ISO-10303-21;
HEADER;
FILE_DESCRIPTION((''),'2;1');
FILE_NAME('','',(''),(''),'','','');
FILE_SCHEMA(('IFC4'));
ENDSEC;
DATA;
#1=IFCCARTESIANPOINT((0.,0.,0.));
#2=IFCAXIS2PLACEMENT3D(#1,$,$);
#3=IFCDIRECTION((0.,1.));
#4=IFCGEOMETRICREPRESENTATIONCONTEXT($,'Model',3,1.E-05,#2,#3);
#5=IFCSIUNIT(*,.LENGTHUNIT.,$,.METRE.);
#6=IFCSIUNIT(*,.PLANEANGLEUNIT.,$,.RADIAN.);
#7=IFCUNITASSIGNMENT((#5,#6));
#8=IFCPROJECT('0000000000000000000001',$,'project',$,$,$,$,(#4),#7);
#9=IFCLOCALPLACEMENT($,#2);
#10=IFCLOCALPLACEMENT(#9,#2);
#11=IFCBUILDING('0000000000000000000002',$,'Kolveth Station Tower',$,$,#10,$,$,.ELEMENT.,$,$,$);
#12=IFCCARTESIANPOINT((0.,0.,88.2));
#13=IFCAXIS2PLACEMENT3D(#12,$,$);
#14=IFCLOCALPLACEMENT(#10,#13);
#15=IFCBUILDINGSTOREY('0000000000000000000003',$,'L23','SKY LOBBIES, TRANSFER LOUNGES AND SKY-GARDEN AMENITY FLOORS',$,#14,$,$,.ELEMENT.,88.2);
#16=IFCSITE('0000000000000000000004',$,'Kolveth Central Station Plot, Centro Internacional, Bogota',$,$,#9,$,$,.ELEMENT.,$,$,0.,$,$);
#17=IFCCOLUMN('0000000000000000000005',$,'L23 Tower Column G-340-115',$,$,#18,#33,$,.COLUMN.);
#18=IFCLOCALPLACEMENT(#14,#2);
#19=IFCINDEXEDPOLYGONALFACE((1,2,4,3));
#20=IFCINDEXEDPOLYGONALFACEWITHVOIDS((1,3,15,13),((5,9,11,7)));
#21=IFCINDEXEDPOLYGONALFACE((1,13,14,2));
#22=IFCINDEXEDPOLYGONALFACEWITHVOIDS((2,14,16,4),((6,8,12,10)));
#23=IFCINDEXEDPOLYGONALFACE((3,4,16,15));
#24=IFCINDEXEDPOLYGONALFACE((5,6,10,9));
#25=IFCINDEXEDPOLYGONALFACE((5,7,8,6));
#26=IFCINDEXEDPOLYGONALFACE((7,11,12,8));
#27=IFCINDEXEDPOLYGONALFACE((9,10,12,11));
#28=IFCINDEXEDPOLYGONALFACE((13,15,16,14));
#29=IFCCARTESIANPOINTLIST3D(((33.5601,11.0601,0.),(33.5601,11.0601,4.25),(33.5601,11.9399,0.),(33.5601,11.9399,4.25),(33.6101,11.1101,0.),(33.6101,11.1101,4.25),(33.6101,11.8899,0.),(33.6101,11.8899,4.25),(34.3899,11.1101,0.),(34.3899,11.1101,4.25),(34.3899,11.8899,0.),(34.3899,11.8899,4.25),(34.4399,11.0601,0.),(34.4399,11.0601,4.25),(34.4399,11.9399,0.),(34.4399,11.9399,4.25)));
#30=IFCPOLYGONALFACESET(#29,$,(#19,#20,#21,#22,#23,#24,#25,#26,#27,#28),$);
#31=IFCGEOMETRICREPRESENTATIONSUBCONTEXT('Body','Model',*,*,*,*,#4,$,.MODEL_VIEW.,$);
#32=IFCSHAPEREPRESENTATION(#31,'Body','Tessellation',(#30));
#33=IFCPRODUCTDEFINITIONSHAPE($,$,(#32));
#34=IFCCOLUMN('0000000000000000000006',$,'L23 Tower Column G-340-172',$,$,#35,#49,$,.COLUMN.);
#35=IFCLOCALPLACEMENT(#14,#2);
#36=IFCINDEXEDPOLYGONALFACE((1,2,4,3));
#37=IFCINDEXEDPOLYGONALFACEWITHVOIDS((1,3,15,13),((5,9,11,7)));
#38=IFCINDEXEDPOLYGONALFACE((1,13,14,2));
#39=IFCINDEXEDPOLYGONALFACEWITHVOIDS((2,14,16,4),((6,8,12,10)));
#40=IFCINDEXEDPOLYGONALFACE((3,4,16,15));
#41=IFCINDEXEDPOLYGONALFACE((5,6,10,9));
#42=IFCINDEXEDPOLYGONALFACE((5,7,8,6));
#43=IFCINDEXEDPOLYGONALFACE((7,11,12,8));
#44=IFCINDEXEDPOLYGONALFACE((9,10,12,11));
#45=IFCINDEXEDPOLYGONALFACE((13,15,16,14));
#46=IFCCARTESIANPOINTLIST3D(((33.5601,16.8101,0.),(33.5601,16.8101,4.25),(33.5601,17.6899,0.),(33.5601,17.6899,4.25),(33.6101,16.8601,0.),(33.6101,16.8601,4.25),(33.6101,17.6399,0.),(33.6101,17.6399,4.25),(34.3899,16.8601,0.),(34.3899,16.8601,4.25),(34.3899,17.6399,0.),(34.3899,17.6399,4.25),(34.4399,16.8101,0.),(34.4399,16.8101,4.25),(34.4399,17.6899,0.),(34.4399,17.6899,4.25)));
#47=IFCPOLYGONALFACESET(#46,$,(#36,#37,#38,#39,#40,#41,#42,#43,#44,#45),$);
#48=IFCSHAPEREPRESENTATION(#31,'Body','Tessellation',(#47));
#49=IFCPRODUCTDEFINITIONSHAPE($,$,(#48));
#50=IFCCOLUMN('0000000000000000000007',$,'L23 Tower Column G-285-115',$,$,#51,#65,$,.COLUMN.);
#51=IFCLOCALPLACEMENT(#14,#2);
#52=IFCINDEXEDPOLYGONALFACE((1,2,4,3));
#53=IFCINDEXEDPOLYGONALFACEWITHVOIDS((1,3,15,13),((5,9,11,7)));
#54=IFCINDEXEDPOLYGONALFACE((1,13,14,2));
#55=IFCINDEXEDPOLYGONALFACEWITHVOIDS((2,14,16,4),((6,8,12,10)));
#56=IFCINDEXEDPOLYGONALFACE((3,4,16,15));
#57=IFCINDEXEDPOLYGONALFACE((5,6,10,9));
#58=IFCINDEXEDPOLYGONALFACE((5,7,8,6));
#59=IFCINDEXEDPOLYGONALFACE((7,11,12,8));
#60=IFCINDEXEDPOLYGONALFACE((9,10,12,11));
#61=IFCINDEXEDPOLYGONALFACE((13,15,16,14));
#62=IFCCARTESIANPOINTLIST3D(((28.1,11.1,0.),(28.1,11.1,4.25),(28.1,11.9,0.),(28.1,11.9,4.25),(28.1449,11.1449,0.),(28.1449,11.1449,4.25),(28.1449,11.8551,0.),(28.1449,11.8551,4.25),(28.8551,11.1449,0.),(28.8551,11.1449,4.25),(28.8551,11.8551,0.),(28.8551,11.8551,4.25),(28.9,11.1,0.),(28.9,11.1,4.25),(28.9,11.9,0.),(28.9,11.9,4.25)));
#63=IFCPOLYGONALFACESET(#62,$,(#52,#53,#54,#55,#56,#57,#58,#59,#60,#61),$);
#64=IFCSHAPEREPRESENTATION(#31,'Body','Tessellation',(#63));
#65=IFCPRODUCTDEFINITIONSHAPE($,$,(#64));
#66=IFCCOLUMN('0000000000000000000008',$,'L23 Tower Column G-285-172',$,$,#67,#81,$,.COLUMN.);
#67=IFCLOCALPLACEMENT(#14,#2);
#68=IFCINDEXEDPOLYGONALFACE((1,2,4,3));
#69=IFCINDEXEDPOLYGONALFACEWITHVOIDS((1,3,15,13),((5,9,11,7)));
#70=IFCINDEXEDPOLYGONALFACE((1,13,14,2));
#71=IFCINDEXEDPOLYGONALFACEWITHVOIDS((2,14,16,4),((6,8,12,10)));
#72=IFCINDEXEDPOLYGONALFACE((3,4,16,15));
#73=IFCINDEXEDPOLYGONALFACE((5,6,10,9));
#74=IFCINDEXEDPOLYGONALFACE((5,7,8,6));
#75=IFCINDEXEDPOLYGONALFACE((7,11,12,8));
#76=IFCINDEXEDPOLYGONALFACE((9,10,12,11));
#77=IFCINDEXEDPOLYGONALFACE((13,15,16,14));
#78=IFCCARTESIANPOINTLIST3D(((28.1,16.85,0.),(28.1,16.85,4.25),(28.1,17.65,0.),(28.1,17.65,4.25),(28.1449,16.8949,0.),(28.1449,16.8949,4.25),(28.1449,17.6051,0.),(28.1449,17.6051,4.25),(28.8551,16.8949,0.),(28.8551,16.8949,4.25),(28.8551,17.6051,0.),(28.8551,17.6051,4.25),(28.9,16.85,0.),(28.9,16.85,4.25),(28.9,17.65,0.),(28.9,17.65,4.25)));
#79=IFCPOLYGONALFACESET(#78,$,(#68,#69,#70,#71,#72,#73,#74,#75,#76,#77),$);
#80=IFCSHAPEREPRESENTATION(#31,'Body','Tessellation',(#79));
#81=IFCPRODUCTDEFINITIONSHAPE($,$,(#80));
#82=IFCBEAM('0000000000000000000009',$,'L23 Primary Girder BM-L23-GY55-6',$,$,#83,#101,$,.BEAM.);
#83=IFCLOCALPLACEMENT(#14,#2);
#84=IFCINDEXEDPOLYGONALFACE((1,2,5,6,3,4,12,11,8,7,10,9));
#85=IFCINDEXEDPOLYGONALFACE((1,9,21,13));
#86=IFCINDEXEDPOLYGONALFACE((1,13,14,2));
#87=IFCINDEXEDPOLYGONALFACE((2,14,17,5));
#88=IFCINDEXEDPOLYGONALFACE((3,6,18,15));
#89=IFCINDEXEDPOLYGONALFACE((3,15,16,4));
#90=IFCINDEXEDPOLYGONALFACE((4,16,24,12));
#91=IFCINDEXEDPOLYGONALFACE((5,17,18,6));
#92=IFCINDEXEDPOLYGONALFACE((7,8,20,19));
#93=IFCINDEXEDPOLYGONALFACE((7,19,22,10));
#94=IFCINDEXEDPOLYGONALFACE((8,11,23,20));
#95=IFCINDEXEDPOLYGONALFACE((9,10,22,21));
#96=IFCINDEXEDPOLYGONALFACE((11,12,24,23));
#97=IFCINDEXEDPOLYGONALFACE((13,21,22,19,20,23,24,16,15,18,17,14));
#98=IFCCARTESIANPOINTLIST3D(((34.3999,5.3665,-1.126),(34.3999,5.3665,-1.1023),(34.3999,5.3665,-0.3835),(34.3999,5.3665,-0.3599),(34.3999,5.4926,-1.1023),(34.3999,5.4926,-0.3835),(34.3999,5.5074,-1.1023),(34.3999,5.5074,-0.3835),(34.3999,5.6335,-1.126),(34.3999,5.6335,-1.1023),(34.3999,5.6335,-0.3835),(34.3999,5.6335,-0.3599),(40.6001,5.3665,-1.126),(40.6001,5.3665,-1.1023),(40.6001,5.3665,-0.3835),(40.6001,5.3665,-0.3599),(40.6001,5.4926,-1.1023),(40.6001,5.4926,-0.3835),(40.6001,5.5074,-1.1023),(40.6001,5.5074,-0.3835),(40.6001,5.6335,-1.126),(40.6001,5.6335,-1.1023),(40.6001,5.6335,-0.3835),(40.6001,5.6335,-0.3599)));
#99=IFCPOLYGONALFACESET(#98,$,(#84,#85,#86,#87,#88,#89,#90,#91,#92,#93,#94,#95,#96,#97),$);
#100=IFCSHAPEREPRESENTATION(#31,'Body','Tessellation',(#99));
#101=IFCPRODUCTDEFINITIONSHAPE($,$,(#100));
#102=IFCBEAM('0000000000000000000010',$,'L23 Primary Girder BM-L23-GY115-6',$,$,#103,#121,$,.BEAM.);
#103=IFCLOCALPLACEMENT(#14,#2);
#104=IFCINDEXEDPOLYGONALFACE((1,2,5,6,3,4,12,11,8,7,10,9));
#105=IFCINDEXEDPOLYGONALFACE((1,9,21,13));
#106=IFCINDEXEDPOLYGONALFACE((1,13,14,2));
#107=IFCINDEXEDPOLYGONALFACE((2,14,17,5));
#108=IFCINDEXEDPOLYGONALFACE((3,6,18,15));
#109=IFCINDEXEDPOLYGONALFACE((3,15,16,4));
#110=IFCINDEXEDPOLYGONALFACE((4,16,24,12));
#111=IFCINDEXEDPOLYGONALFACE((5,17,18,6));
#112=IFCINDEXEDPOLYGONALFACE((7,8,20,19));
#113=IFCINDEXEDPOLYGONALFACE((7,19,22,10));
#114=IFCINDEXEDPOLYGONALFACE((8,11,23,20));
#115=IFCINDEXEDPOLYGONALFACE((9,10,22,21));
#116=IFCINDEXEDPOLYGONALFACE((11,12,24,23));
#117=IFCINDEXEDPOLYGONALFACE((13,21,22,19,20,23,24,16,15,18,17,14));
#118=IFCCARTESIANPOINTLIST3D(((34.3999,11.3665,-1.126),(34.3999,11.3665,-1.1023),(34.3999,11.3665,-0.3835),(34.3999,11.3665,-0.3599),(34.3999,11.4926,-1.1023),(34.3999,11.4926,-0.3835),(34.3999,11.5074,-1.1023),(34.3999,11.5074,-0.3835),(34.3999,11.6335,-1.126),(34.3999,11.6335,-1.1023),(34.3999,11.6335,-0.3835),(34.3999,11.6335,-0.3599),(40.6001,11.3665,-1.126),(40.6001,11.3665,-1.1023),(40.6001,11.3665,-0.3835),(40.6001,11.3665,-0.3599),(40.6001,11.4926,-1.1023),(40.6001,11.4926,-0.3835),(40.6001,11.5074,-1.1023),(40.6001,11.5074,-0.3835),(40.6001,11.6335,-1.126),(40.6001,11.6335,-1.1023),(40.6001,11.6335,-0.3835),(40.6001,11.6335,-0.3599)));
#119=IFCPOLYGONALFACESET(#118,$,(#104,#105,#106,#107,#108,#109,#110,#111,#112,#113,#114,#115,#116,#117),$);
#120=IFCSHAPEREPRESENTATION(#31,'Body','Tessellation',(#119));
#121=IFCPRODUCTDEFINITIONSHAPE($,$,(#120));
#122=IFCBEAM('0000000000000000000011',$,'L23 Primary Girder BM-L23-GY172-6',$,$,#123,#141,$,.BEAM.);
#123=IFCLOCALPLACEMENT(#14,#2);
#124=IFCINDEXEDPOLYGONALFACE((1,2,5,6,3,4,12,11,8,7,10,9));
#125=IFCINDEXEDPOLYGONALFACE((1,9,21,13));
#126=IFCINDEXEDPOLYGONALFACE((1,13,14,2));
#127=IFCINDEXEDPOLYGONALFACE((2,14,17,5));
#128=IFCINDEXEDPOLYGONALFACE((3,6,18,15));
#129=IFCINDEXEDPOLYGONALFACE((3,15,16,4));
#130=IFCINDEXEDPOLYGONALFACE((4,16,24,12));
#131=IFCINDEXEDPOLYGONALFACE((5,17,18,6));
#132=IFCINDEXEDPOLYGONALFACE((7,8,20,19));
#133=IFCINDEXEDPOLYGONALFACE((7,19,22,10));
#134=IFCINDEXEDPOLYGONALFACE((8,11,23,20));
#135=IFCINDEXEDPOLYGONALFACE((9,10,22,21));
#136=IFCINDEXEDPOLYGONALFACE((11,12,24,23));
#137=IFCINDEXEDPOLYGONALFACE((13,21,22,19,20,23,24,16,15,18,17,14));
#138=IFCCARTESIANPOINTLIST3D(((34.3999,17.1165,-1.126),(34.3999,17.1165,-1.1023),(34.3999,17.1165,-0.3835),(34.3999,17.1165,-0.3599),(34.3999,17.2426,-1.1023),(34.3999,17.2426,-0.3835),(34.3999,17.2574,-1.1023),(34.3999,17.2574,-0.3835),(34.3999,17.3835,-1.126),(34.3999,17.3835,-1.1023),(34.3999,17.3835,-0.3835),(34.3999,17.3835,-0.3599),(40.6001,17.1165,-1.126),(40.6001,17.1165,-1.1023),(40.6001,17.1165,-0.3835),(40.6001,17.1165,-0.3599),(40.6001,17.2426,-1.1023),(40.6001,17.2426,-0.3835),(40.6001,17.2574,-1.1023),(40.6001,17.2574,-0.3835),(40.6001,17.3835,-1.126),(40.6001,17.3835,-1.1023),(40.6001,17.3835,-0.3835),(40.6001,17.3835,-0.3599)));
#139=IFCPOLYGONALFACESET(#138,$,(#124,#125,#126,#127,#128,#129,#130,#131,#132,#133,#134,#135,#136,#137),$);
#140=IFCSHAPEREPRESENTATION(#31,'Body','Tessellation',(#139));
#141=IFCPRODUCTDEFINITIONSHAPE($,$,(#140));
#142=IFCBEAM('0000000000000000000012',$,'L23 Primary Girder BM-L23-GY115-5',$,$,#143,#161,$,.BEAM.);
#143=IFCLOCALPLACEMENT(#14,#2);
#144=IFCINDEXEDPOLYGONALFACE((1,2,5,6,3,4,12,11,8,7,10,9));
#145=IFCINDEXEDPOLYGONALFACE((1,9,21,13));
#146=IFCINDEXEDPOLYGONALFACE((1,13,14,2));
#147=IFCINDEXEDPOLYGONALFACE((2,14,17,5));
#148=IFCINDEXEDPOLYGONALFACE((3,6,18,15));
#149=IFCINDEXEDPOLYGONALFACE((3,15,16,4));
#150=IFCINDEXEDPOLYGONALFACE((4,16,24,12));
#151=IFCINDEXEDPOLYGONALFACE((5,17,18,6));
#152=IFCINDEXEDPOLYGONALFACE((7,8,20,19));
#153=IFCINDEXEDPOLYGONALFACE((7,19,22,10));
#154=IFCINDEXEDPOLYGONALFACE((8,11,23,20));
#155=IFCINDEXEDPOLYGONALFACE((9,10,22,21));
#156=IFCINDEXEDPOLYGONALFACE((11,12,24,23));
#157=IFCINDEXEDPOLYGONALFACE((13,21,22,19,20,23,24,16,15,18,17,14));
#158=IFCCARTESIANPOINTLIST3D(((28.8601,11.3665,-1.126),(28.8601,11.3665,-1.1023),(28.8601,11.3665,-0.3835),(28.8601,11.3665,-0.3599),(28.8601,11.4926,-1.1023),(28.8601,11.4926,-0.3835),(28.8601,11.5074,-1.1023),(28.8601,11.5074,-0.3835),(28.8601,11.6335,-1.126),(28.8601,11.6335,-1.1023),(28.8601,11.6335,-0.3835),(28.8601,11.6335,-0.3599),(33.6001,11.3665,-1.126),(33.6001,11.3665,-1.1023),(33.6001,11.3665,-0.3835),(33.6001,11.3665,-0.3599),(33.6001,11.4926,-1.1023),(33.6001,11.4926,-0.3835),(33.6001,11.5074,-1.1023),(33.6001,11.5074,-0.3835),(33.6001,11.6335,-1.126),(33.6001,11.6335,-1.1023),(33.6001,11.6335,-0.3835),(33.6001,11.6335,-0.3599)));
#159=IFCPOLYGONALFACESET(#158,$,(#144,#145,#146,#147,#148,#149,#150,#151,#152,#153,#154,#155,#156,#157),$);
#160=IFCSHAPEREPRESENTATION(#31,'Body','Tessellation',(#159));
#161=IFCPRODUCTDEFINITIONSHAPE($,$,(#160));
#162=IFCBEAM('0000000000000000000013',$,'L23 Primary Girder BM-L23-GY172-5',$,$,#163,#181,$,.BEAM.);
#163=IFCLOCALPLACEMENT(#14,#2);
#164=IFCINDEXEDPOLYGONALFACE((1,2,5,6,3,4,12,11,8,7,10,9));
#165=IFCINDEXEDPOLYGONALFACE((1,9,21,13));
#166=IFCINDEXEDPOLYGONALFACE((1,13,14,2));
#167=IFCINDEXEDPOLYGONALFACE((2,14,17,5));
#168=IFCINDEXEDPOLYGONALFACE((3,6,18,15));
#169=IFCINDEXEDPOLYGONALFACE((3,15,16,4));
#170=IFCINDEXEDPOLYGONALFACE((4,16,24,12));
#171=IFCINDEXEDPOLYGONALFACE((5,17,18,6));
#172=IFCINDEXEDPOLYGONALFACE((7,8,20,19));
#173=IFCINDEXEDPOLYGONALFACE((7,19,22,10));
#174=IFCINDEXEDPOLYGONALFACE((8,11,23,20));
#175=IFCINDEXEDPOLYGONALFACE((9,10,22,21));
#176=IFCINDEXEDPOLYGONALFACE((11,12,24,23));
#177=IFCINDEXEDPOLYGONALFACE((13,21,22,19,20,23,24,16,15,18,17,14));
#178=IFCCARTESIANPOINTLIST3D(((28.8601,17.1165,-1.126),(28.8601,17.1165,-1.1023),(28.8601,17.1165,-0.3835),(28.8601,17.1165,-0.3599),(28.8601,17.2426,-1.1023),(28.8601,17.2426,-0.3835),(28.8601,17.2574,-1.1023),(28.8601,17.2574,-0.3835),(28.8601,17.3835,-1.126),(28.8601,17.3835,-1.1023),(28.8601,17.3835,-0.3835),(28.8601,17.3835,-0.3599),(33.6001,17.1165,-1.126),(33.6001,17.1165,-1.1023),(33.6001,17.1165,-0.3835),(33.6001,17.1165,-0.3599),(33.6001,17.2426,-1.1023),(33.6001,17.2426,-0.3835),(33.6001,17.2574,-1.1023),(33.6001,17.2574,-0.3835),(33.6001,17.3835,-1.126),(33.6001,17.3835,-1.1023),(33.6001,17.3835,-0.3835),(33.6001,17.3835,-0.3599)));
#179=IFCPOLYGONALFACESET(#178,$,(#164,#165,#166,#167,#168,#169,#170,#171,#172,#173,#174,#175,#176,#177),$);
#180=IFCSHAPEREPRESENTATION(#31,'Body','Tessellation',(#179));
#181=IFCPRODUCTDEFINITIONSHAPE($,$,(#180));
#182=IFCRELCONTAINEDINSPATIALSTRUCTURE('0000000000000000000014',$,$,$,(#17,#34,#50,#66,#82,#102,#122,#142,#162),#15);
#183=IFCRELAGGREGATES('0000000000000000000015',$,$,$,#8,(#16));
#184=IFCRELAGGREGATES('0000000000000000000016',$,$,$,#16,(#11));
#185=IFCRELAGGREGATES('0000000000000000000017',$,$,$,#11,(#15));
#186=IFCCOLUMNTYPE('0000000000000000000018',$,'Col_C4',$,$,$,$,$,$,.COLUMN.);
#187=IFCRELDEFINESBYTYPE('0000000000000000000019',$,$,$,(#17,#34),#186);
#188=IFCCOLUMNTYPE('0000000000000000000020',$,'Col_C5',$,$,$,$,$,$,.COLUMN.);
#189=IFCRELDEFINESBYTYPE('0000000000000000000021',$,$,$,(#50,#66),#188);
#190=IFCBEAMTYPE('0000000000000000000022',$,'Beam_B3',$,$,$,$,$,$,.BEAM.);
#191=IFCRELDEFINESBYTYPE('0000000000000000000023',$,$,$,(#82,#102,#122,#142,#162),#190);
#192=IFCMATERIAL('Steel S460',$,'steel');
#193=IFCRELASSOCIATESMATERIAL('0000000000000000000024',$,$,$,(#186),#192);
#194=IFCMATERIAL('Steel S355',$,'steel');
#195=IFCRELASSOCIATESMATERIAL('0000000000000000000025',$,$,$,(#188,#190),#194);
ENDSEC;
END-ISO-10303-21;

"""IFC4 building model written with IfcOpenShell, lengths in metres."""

from ifc_helpers import new_model, si_unit, direction, frame, origin, origin_2d, place, context, subcontext, project, spatial, hollow_rectangle, i_section, extrude, source, transform, mapped, material, material_profile, profile_set, type_object, element, save


model = new_model("IFC4")

# Units and contexts
model_context = context("Model", 3, precision=1e-05, world=origin(), true_north=direction((0.0, 1.0)))
body_context = subcontext(model_context, "Body", "Model", "MODEL_VIEW")
ifc_project = project(units=[si_unit("LENGTHUNIT", "METRE"), si_unit("PLANEANGLEUNIT", "RADIAN")], contexts=[model_context])

# Site, building, storey
site_placement = place(None, origin())
site = spatial("IfcSite", under=ifc_project, at=site_placement, Name="Kolveth Central Station Plot, Centro Internacional, Bogota", CompositionType="ELEMENT", RefElevation=0.0)
building_placement = place(site_placement, origin())
building = spatial("IfcBuilding", under=site, at=building_placement, Name="Kolveth Station Tower", CompositionType="ELEMENT")
storey_placement = place(building_placement, frame((0.0, 0.0, 88.2)))
storey = spatial("IfcBuildingStorey", under=building, at=storey_placement, Name="L23", Description="SKY LOBBIES, TRANSFER LOUNGES AND SKY-GARDEN AMENITY FLOORS", CompositionType="ELEMENT", Elevation=88.2)

# Columns
ifc_material_1 = material(Name="Steel S460", Category="steel")
ifc_material_profile_1 = material_profile(ifc_material_1, hollow_rectangle(XDim=0.8799, YDim=0.8799, WallThickness=0.05, at=origin_2d()), Name="BOX880x880x50")
ifc_profile_set_1 = profile_set([ifc_material_profile_1], Name="Steel S460")
column_type_1 = type_object("IfcColumnType", Name="Col_C4", PredefinedType="COLUMN", material=ifc_profile_set_1)
shared_shape_1 = source(origin(), body_context, "Body", "SweptSolid", [
    extrude(hollow_rectangle(XDim=0.8799, YDim=0.8799, WallThickness=0.05, at=origin_2d()), origin(), (0.0, 0.0, 1.0), 4.25),
])
for number, where, z_axis, x_axis, name in (
    (1, (34.0, 11.5, 0.0), (0.0, 0.0, 1.0), (1.0, 0.0, 0.0), "L23 Tower Column G-340-115"),
    (2, (34.0, 17.25, 0.0), (0.0, 0.0, 1.0), (1.0, 0.0, 0.0), "L23 Tower Column G-340-172"),
):
    element("IfcColumn", number, at=place(storey_placement, frame(where, z_axis=z_axis, x_axis=x_axis)), inside=storey, type_object=column_type_1, Name=name, PredefinedType="COLUMN", context=body_context, shape_type="MappedRepresentation", body=[
        mapped(shared_shape_1, transform((0.0, 0.0, 0.0), x_axis=(1.0, 0.0, 0.0), y_axis=(0.0, 1.0, 0.0), z_axis=(0.0, 0.0, 1.0), scale=1.0)),
    ])
ifc_material_2 = material(Name="Steel S355", Category="steel")
ifc_material_profile_2 = material_profile(ifc_material_2, hollow_rectangle(XDim=0.8, YDim=0.8, WallThickness=0.0449, at=origin_2d()), Name="BOX800x800x45")
ifc_profile_set_2 = profile_set([ifc_material_profile_2], Name="Steel S355")
column_type_2 = type_object("IfcColumnType", Name="Col_C5", PredefinedType="COLUMN", material=ifc_profile_set_2)
shared_shape_2 = source(origin(), body_context, "Body", "SweptSolid", [
    extrude(hollow_rectangle(XDim=0.8, YDim=0.8, WallThickness=0.0449, at=origin_2d()), origin(), (0.0, 0.0, 1.0), 4.25),
])
for number, where, z_axis, x_axis, name in (
    (3, (28.5, 11.5, 0.0), (0.0, 0.0, 1.0), (1.0, 0.0, 0.0), "L23 Tower Column G-285-115"),
    (4, (28.5, 17.25, 0.0), (0.0, 0.0, 1.0), (1.0, 0.0, 0.0), "L23 Tower Column G-285-172"),
):
    element("IfcColumn", number, at=place(storey_placement, frame(where, z_axis=z_axis, x_axis=x_axis)), inside=storey, type_object=column_type_2, Name=name, PredefinedType="COLUMN", context=body_context, shape_type="MappedRepresentation", body=[
        mapped(shared_shape_2, transform((0.0, 0.0, 0.0), x_axis=(1.0, 0.0, 0.0), y_axis=(0.0, 1.0, 0.0), z_axis=(0.0, 0.0, 1.0), scale=1.0)),
    ])

# Beams
ifc_material_profile_3 = material_profile(ifc_material_2, i_section(OverallWidth=0.2671, OverallDepth=0.7661, WebThickness=0.0149, FlangeThickness=0.0237, at=origin_2d()), Name="W760x185")
ifc_profile_set_3 = profile_set([ifc_material_profile_3], Name="Steel S355")
beam_type_1 = type_object("IfcBeamType", Name="Beam_B3", PredefinedType="BEAM", material=ifc_profile_set_3)
shared_shape_3 = source(origin(), body_context, "Body", "SweptSolid", [
    extrude(i_section(OverallWidth=0.2671, OverallDepth=0.7661, WebThickness=0.0149, FlangeThickness=0.0237, at=origin_2d()), origin(), (0.0, 0.0, 1.0), 6.2002),
])
for number, where, z_axis, x_axis, name in (
    (5, (34.3999, 5.5, -0.7429), (1.0, 0.0, 0.0), (0.0, 1.0, 0.0), "L23 Primary Girder BM-L23-GY55-6"),
    (6, (34.3999, 11.5, -0.7429), (1.0, 0.0, 0.0), (0.0, 1.0, 0.0), "L23 Primary Girder BM-L23-GY115-6"),
    (7, (34.3999, 17.25, -0.7429), (1.0, 0.0, 0.0), (0.0, 1.0, 0.0), "L23 Primary Girder BM-L23-GY172-6"),
):
    element("IfcBeam", number, at=place(storey_placement, frame(where, z_axis=z_axis, x_axis=x_axis)), inside=storey, type_object=beam_type_1, Name=name, PredefinedType="BEAM", context=body_context, shape_type="MappedRepresentation", body=[
        mapped(shared_shape_3, transform((0.0, 0.0, 0.0), x_axis=(1.0, 0.0, 0.0), y_axis=(0.0, 1.0, 0.0), z_axis=(0.0, 0.0, 1.0), scale=1.0)),
    ])
shared_shape_4 = source(origin(), body_context, "Body", "SweptSolid", [
    extrude(i_section(OverallWidth=0.2671, OverallDepth=0.7661, WebThickness=0.0149, FlangeThickness=0.0237, at=origin_2d()), origin(), (0.0, 0.0, 1.0), 4.74),
])
for number, where, z_axis, x_axis, name in (
    (8, (28.8601, 11.5, -0.7429), (1.0, 0.0, 0.0), (0.0, 1.0, 0.0), "L23 Primary Girder BM-L23-GY115-5"),
    (9, (28.8601, 17.25, -0.7429), (1.0, 0.0, 0.0), (0.0, 1.0, 0.0), "L23 Primary Girder BM-L23-GY172-5"),
):
    element("IfcBeam", number, at=place(storey_placement, frame(where, z_axis=z_axis, x_axis=x_axis)), inside=storey, type_object=beam_type_1, Name=name, PredefinedType="BEAM", context=body_context, shape_type="MappedRepresentation", body=[
        mapped(shared_shape_4, transform((0.0, 0.0, 0.0), x_axis=(1.0, 0.0, 0.0), y_axis=(0.0, 1.0, 0.0), z_axis=(0.0, 0.0, 1.0), scale=1.0)),
    ])

save(model, "model.ifc")
